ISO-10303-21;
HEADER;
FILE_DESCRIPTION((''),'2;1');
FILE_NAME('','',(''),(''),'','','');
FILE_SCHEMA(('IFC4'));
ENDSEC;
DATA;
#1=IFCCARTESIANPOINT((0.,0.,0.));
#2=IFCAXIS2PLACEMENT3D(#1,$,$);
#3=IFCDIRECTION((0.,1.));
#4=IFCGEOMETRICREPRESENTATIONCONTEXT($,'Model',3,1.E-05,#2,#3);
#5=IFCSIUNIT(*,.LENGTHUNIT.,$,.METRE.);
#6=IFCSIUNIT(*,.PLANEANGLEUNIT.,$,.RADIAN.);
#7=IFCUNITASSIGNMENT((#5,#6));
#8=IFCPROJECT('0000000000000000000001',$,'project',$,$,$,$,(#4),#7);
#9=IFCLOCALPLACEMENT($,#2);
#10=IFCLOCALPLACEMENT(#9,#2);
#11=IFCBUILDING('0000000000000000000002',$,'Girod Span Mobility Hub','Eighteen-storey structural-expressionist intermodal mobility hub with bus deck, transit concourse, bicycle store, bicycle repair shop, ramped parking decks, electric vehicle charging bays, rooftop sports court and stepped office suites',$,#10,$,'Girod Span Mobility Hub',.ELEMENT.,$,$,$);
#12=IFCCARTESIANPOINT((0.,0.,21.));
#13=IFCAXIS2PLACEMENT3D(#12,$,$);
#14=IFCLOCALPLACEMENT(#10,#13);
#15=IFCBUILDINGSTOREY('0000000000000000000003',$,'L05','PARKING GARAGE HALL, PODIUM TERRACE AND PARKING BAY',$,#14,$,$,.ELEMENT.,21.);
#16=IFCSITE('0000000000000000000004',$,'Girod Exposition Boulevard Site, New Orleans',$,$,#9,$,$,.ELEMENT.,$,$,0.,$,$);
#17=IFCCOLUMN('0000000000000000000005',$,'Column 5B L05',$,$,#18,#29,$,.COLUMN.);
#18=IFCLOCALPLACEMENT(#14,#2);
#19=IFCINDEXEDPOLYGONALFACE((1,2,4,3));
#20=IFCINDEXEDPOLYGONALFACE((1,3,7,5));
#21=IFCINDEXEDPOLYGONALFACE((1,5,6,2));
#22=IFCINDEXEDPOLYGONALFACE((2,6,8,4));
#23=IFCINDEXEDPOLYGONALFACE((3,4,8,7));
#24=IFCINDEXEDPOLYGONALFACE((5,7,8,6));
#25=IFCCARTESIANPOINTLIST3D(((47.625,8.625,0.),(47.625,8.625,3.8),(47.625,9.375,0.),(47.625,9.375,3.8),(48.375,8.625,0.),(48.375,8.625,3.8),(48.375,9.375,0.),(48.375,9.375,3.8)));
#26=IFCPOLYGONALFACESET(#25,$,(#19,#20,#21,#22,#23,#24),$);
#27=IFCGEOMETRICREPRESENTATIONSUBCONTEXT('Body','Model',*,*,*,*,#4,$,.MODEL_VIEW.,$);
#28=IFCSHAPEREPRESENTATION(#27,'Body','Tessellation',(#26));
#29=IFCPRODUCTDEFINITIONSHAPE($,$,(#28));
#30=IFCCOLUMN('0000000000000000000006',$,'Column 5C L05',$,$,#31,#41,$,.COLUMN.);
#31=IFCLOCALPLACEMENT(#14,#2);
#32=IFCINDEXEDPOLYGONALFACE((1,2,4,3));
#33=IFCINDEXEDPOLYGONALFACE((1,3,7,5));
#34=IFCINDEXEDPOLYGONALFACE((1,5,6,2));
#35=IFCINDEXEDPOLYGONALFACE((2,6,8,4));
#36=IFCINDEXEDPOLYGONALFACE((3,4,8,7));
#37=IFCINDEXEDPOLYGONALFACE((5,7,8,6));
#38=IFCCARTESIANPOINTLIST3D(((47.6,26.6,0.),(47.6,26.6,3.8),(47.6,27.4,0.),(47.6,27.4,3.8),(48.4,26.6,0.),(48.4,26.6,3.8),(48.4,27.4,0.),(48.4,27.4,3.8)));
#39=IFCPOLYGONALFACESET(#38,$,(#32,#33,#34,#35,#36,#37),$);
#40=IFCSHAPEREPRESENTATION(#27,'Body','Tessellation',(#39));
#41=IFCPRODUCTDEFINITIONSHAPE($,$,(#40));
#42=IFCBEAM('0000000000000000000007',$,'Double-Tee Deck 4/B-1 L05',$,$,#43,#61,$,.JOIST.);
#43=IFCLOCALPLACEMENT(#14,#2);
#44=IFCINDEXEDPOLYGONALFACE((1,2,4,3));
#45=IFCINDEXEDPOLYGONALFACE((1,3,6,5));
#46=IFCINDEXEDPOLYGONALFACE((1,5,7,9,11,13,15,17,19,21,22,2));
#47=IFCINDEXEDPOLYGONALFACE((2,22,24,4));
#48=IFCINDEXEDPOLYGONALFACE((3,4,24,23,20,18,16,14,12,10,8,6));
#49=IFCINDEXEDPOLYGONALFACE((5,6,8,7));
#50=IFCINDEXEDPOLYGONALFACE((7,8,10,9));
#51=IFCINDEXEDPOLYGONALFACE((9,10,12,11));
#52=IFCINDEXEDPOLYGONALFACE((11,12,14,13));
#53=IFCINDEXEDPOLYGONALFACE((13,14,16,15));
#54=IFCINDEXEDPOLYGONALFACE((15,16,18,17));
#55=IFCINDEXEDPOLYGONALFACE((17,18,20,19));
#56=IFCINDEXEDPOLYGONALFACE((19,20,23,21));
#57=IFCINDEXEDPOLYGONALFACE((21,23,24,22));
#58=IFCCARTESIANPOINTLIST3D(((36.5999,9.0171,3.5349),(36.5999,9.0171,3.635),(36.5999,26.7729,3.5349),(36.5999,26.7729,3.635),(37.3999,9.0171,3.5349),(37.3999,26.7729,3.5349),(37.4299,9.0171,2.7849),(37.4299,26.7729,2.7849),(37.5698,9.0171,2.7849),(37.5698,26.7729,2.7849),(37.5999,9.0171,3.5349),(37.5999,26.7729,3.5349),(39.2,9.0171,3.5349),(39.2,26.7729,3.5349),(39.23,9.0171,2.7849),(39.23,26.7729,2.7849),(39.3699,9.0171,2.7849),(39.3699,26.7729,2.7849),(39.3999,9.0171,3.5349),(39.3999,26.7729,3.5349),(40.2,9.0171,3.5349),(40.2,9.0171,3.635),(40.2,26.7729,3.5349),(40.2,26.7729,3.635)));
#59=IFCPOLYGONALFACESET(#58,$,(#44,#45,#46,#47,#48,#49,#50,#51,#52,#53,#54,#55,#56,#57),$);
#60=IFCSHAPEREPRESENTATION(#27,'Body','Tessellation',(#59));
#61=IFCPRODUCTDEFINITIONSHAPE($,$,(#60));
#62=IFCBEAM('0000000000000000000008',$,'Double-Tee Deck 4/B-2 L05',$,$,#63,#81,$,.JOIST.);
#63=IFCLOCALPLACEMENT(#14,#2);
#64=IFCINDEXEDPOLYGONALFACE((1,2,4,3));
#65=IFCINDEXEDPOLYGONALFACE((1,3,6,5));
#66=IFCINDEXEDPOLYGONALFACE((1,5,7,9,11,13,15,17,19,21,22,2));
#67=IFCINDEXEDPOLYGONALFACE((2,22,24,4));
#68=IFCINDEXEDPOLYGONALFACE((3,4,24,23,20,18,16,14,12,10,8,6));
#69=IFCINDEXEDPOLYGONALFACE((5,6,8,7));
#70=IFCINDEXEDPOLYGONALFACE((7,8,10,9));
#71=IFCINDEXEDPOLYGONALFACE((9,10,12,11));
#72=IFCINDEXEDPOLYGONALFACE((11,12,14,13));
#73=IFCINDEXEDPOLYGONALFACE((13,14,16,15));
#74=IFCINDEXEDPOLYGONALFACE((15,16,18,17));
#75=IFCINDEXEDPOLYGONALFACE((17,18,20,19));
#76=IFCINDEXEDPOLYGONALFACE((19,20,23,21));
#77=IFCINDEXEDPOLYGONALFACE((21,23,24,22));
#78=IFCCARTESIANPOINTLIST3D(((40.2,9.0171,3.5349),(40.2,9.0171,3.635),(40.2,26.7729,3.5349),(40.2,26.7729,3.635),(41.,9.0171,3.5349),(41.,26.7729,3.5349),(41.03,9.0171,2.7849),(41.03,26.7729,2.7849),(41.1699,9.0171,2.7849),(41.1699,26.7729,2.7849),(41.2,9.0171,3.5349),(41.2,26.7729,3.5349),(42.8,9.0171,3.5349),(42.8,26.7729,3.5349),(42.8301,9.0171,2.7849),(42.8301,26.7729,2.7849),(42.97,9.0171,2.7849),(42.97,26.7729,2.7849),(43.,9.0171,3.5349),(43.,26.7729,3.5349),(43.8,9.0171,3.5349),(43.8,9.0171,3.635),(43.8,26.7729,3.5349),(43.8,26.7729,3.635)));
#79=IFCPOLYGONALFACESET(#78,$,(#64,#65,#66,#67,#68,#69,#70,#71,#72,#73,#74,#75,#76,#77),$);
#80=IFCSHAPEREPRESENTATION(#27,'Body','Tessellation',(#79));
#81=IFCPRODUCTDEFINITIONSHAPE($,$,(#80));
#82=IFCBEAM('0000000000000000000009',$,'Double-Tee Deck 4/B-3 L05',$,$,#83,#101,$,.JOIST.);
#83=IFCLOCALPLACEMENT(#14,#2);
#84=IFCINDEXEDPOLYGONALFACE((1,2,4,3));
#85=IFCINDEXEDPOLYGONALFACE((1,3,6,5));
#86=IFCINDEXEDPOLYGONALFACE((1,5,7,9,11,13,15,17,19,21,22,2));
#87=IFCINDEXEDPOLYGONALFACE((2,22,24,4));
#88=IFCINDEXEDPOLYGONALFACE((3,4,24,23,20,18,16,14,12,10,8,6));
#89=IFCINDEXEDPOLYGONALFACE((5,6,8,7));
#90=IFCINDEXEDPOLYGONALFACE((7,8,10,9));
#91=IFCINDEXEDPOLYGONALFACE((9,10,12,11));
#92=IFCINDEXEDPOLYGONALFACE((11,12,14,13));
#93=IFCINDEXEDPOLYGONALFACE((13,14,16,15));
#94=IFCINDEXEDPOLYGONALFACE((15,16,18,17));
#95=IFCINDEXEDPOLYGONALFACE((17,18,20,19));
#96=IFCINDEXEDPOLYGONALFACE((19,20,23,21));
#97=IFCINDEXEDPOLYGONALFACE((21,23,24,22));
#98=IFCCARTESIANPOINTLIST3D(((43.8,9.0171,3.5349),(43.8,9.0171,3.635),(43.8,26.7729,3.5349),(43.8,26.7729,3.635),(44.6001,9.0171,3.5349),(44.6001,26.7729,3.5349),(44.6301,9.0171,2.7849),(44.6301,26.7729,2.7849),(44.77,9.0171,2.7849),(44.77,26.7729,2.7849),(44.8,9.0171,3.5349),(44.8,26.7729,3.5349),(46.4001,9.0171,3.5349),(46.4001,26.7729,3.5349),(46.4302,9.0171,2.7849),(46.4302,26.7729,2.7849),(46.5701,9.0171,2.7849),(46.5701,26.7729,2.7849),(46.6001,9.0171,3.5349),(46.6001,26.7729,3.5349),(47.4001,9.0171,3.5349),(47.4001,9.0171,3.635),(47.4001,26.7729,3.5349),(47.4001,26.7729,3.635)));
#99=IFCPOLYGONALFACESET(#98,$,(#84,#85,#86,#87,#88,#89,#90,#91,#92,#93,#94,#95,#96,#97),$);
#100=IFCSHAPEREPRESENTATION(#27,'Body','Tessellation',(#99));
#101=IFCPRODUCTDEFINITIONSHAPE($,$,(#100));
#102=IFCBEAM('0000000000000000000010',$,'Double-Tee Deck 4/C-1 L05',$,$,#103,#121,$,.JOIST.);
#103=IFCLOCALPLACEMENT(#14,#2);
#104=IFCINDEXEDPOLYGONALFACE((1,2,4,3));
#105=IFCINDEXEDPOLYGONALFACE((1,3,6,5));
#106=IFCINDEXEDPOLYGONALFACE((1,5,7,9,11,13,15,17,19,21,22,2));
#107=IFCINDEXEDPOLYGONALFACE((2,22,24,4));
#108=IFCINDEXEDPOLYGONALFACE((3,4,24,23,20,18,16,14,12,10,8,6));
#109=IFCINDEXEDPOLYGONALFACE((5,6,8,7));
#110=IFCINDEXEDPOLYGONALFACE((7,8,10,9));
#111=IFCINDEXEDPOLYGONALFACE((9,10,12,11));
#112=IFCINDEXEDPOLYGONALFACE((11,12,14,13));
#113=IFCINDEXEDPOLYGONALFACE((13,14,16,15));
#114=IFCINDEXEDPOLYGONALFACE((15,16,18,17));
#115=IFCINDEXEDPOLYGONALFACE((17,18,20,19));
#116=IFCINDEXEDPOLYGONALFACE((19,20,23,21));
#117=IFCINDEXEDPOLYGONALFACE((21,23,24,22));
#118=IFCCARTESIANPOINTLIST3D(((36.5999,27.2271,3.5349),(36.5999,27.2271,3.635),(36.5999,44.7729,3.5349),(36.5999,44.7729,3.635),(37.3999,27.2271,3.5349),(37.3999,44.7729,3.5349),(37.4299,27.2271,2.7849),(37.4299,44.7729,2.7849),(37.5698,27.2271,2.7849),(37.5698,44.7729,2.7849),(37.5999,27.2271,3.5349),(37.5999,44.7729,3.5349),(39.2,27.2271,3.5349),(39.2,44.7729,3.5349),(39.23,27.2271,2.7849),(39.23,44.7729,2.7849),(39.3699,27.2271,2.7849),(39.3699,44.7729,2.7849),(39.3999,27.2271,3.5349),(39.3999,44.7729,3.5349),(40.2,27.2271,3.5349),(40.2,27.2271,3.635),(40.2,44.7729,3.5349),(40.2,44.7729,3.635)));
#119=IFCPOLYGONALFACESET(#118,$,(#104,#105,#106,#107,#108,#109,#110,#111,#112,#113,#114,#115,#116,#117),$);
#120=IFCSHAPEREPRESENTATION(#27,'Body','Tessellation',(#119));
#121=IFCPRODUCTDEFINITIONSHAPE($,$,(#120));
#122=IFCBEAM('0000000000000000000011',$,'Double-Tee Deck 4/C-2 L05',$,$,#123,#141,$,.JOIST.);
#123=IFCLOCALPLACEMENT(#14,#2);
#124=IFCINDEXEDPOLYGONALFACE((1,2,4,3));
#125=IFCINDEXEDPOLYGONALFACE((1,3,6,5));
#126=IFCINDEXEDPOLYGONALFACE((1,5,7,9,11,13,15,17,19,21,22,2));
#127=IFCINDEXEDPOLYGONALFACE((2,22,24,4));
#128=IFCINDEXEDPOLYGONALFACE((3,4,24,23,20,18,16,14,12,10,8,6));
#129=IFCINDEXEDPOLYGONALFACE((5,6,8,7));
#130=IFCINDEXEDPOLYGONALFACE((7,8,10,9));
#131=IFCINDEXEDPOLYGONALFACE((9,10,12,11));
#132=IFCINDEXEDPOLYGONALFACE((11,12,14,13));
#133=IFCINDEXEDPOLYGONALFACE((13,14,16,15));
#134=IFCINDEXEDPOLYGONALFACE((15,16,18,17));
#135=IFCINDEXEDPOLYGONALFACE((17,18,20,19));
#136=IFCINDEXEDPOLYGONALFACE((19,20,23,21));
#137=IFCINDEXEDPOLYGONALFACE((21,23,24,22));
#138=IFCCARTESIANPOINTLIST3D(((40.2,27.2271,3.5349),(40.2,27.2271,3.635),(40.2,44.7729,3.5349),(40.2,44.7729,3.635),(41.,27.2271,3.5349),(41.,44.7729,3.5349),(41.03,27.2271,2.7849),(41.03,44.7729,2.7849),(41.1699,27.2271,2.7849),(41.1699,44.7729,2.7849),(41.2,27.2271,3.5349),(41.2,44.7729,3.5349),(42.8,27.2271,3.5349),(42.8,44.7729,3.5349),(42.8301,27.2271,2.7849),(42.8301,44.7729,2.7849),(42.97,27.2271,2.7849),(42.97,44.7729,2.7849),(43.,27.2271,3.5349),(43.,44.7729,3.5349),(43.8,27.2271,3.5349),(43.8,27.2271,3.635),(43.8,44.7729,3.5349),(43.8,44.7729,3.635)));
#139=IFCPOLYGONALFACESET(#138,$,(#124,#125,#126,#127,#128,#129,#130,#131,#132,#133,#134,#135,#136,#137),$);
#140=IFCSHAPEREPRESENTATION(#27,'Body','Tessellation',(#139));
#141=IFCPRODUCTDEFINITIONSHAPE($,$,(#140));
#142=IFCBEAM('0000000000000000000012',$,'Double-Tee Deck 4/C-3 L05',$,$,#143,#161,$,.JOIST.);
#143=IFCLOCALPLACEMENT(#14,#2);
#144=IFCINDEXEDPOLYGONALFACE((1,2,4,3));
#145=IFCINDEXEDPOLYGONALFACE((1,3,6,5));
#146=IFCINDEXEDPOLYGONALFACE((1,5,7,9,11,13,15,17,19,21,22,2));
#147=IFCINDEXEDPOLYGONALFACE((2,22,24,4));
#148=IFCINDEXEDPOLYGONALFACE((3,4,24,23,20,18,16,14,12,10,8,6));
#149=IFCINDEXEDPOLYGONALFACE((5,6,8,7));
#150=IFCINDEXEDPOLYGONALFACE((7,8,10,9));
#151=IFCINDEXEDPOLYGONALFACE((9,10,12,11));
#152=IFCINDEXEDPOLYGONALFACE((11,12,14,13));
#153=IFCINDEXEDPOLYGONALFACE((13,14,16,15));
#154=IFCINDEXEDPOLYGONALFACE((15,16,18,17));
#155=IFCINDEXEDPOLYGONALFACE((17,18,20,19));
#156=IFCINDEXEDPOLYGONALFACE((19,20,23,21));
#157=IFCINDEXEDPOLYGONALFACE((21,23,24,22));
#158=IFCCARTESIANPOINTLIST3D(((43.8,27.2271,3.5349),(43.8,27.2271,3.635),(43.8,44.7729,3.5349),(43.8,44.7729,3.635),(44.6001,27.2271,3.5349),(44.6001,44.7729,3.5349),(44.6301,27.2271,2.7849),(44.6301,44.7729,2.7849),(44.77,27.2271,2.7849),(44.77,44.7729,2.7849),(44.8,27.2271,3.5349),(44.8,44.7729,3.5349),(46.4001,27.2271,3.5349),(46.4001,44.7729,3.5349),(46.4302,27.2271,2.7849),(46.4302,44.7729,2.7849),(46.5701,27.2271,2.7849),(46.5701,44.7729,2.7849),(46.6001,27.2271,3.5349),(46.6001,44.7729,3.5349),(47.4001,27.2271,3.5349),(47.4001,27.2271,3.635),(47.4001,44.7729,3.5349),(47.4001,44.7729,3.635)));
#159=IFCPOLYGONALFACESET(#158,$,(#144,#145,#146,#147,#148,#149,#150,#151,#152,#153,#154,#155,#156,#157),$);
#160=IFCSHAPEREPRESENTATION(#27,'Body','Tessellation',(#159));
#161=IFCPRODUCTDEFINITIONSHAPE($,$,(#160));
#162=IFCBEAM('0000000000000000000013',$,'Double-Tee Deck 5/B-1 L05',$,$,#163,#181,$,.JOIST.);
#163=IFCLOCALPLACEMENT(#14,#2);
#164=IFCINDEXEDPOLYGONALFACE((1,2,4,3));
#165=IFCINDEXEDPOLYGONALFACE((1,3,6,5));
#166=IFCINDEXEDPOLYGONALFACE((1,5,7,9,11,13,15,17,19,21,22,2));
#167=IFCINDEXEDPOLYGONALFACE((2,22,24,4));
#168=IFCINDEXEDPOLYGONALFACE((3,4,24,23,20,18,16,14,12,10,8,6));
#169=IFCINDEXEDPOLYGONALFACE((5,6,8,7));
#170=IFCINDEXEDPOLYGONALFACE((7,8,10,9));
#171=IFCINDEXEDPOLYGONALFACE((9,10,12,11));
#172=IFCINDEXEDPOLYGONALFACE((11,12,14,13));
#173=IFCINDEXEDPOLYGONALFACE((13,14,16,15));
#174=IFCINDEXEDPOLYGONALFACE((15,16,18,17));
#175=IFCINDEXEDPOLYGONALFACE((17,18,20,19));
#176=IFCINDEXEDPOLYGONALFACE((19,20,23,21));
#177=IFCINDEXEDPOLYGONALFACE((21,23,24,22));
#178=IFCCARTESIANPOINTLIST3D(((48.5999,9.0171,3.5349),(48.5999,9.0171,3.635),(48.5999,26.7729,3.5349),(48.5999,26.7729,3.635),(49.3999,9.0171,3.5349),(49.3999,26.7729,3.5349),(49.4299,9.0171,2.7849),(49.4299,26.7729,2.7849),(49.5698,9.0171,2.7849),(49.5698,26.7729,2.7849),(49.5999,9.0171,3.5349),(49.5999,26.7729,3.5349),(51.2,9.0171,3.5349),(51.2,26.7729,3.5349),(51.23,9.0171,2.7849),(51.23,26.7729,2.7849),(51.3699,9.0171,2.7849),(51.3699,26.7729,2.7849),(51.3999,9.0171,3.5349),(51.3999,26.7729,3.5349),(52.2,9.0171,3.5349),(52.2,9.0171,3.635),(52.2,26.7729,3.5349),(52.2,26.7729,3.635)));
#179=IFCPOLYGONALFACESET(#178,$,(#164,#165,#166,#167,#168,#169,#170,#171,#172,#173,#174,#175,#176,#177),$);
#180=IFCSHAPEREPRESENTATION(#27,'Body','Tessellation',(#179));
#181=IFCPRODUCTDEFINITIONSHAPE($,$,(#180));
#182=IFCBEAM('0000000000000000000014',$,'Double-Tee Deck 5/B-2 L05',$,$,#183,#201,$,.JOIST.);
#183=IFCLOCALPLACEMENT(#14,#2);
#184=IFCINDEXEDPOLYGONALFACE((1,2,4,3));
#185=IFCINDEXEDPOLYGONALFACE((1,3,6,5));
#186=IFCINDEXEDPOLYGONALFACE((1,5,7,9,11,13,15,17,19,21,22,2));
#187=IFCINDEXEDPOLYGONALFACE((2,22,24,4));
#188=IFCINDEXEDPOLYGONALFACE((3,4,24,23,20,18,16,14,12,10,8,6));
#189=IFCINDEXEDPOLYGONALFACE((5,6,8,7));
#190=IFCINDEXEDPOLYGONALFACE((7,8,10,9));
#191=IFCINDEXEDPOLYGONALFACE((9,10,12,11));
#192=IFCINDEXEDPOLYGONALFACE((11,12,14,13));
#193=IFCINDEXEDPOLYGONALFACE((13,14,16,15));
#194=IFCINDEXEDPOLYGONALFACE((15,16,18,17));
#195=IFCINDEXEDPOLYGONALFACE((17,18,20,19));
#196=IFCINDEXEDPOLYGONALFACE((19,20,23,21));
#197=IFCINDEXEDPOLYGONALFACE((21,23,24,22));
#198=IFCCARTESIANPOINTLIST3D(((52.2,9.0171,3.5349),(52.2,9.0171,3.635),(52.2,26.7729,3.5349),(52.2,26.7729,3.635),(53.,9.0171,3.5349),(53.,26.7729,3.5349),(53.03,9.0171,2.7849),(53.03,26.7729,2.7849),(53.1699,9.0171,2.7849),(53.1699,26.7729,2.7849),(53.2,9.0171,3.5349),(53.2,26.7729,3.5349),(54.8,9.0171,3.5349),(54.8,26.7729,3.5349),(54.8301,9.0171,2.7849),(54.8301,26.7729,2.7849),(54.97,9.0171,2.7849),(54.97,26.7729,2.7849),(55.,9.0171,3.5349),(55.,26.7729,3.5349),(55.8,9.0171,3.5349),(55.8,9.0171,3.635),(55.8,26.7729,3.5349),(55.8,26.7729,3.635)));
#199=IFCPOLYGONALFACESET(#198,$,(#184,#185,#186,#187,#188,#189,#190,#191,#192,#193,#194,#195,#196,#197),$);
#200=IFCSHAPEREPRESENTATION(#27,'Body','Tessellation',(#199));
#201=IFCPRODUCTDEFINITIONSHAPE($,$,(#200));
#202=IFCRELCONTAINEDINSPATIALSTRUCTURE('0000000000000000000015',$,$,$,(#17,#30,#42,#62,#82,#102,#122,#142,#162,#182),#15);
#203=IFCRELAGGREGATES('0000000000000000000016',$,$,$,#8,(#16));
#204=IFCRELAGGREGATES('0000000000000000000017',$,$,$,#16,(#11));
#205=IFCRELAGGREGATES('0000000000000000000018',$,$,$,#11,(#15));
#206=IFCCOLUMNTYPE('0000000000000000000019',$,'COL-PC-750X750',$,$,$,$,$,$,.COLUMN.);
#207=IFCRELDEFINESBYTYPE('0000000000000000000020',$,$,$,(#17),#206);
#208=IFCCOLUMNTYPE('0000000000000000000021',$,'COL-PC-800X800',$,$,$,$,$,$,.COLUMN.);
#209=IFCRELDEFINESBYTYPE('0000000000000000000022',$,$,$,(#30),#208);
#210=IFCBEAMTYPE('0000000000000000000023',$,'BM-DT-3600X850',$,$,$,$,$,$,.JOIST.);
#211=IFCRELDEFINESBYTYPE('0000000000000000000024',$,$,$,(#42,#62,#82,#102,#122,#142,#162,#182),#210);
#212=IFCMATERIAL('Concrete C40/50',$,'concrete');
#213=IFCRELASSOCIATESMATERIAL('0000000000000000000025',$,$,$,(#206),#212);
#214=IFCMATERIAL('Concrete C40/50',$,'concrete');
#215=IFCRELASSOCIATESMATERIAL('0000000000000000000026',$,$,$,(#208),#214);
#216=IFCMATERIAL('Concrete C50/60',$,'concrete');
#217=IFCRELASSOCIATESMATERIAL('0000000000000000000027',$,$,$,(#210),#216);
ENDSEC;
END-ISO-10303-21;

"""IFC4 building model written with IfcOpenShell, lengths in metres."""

from ifc_helpers import new_model, si_unit, direction, frame, origin, origin_2d, place, context, subcontext, project, spatial, polyline, rectangle, outline, extrude, material, material_profile, profile_set, type_object, element, save


model = new_model("IFC4")

# Units and contexts
model_context = context("Model", 3, precision=1e-05, world=origin(), true_north=direction((0.0, 1.0)))
body_context = subcontext(model_context, "Body", "Model", "MODEL_VIEW")
ifc_project = project(units=[si_unit("LENGTHUNIT", "METRE"), si_unit("PLANEANGLEUNIT", "RADIAN")], contexts=[model_context])

# Site, building, storey
site_placement = place(None, origin())
site = spatial("IfcSite", under=ifc_project, at=site_placement, Name="Girod Exposition Boulevard Site, New Orleans", CompositionType="ELEMENT", RefElevation=0.0)
building_placement = place(site_placement, origin())
building = spatial("IfcBuilding", under=site, at=building_placement, Name="Girod Span Mobility Hub", Description="Eighteen-storey structural-expressionist intermodal mobility hub with bus deck, transit concourse, bicycle store, bicycle repair shop, ramped parking decks, electric vehicle charging bays, rooftop sports court and stepped office suites", LongName="Girod Span Mobility Hub", CompositionType="ELEMENT")
storey_placement = place(building_placement, frame((0.0, 0.0, 21.0)))
storey = spatial("IfcBuildingStorey", under=building, at=storey_placement, Name="L05", Description="PARKING GARAGE HALL, PODIUM TERRACE AND PARKING BAY", CompositionType="ELEMENT", Elevation=21.0)

# Columns
ifc_material_1 = material(Name="Concrete C40/50", Category="concrete")
ifc_material_profile_1 = material_profile(ifc_material_1, rectangle(XDim=0.75, YDim=0.75, at=origin_2d()), Name="PC-COL-750X750")
ifc_profile_set_1 = profile_set([ifc_material_profile_1], Name="Concrete C40/50")
column_type_1 = type_object("IfcColumnType", Name="COL-PC-750X750", PredefinedType="COLUMN", material=ifc_profile_set_1)
column_1_placement = place(storey_placement, frame((48.0, 9.0, 0.0), z_axis=(0.0, 0.0, 1.0), x_axis=(1.0, 0.0, 0.0)))
element("IfcColumn", 1, at=column_1_placement, inside=storey, type_object=column_type_1, Name="Column 5B L05", PredefinedType="COLUMN", context=body_context, shape_type="SweptSolid", body=[
    extrude(rectangle(XDim=0.75, YDim=0.75, at=origin_2d()), origin(), (0.0, 0.0, 1.0), 3.8),
])
ifc_material_2 = material(Name="Concrete C40/50", Category="concrete")
ifc_material_profile_2 = material_profile(ifc_material_2, rectangle(XDim=0.8, YDim=0.8, at=origin_2d()), Name="PC-COL-800X800")
ifc_profile_set_2 = profile_set([ifc_material_profile_2], Name="Concrete C40/50")
column_type_2 = type_object("IfcColumnType", Name="COL-PC-800X800", PredefinedType="COLUMN", material=ifc_profile_set_2)
column_2_placement = place(storey_placement, frame((48.0, 27.0, 0.0), z_axis=(0.0, 0.0, 1.0), x_axis=(1.0, 0.0, 0.0)))
element("IfcColumn", 2, at=column_2_placement, inside=storey, type_object=column_type_2, Name="Column 5C L05", PredefinedType="COLUMN", context=body_context, shape_type="SweptSolid", body=[
    extrude(rectangle(XDim=0.8, YDim=0.8, at=origin_2d()), origin(), (0.0, 0.0, 1.0), 3.8),
])

# Beams
ifc_material_3 = material(Name="Concrete C50/60", Category="concrete")
ifc_material_profile_3 = material_profile(ifc_material_3, outline(polyline([(-1.8, 0.425), (-1.8, 0.325), (-1.0, 0.325), (-0.97, -0.425), (-0.8301, -0.425), (-0.8, 0.325), (0.8, 0.325), (0.8301, -0.425), (0.97, -0.425), (1.0, 0.325), (1.8, 0.325), (1.8, 0.425), (-1.8, 0.425)])), Name="DT-3600X850")
ifc_profile_set_3 = profile_set([ifc_material_profile_3], Name="Concrete C50/60")
beam_type_1 = type_object("IfcBeamType", Name="BM-DT-3600X850", PredefinedType="JOIST", material=ifc_profile_set_3)
for number, where, z_axis, x_axis, name in (
    (3, (38.3999, 9.0171, 3.21), (0.0, 1.0, 0.0), (-1.0, 0.0, 0.0), "Double-Tee Deck 4/B-1 L05"),
    (4, (42.0, 9.0171, 3.21), (0.0, 1.0, 0.0), (-1.0, 0.0, 0.0), "Double-Tee Deck 4/B-2 L05"),
    (5, (45.6001, 9.0171, 3.21), (0.0, 1.0, 0.0), (-1.0, 0.0, 0.0), "Double-Tee Deck 4/B-3 L05"),
):
    element("IfcBeam", number, at=place(storey_placement, frame(where, z_axis=z_axis, x_axis=x_axis)), inside=storey, type_object=beam_type_1, Name=name, PredefinedType="JOIST", context=body_context, shape_type="SweptSolid", body=[
        extrude(outline(polyline([(-1.8, 0.425), (-1.8, 0.325), (-1.0, 0.325), (-0.97, -0.425), (-0.8301, -0.425), (-0.8, 0.325), (0.8, 0.325), (0.8301, -0.425), (0.97, -0.425), (1.0, 0.325), (1.8, 0.325), (1.8, 0.425), (-1.8, 0.425)])), origin(), (0.0, 0.0, 1.0), 17.7559),
    ])
for number, where, z_axis, x_axis, name in (
    (6, (38.3999, 27.2271, 3.21), (0.0, 1.0, 0.0), (-1.0, 0.0, 0.0), "Double-Tee Deck 4/C-1 L05"),
    (7, (42.0, 27.2271, 3.21), (0.0, 1.0, 0.0), (-1.0, 0.0, 0.0), "Double-Tee Deck 4/C-2 L05"),
    (8, (45.6001, 27.2271, 3.21), (0.0, 1.0, 0.0), (-1.0, 0.0, 0.0), "Double-Tee Deck 4/C-3 L05"),
):
    element("IfcBeam", number, at=place(storey_placement, frame(where, z_axis=z_axis, x_axis=x_axis)), inside=storey, type_object=beam_type_1, Name=name, PredefinedType="JOIST", context=body_context, shape_type="SweptSolid", body=[
        extrude(outline(polyline([(-1.8, 0.425), (-1.8, 0.325), (-1.0, 0.325), (-0.97, -0.425), (-0.8301, -0.425), (-0.8, 0.325), (0.8, 0.325), (0.8301, -0.425), (0.97, -0.425), (1.0, 0.325), (1.8, 0.325), (1.8, 0.425), (-1.8, 0.425)])), origin(), (0.0, 0.0, 1.0), 17.5459),
    ])
for number, where, z_axis, x_axis, name in (
    (9, (50.3999, 9.0171, 3.21), (0.0, 1.0, 0.0), (-1.0, 0.0, 0.0), "Double-Tee Deck 5/B-1 L05"),
    (10, (54.0, 9.0171, 3.21), (0.0, 1.0, 0.0), (-1.0, 0.0, 0.0), "Double-Tee Deck 5/B-2 L05"),
):
    element("IfcBeam", number, at=place(storey_placement, frame(where, z_axis=z_axis, x_axis=x_axis)), inside=storey, type_object=beam_type_1, Name=name, PredefinedType="JOIST", context=body_context, shape_type="SweptSolid", body=[
        extrude(outline(polyline([(-1.8, 0.425), (-1.8, 0.325), (-1.0, 0.325), (-0.97, -0.425), (-0.8301, -0.425), (-0.8, 0.325), (0.8, 0.325), (0.8301, -0.425), (0.97, -0.425), (1.0, 0.325), (1.8, 0.325), (1.8, 0.425), (-1.8, 0.425)])), origin(), (0.0, 0.0, 1.0), 17.7559),
    ])

save(model, "model.ifc")
